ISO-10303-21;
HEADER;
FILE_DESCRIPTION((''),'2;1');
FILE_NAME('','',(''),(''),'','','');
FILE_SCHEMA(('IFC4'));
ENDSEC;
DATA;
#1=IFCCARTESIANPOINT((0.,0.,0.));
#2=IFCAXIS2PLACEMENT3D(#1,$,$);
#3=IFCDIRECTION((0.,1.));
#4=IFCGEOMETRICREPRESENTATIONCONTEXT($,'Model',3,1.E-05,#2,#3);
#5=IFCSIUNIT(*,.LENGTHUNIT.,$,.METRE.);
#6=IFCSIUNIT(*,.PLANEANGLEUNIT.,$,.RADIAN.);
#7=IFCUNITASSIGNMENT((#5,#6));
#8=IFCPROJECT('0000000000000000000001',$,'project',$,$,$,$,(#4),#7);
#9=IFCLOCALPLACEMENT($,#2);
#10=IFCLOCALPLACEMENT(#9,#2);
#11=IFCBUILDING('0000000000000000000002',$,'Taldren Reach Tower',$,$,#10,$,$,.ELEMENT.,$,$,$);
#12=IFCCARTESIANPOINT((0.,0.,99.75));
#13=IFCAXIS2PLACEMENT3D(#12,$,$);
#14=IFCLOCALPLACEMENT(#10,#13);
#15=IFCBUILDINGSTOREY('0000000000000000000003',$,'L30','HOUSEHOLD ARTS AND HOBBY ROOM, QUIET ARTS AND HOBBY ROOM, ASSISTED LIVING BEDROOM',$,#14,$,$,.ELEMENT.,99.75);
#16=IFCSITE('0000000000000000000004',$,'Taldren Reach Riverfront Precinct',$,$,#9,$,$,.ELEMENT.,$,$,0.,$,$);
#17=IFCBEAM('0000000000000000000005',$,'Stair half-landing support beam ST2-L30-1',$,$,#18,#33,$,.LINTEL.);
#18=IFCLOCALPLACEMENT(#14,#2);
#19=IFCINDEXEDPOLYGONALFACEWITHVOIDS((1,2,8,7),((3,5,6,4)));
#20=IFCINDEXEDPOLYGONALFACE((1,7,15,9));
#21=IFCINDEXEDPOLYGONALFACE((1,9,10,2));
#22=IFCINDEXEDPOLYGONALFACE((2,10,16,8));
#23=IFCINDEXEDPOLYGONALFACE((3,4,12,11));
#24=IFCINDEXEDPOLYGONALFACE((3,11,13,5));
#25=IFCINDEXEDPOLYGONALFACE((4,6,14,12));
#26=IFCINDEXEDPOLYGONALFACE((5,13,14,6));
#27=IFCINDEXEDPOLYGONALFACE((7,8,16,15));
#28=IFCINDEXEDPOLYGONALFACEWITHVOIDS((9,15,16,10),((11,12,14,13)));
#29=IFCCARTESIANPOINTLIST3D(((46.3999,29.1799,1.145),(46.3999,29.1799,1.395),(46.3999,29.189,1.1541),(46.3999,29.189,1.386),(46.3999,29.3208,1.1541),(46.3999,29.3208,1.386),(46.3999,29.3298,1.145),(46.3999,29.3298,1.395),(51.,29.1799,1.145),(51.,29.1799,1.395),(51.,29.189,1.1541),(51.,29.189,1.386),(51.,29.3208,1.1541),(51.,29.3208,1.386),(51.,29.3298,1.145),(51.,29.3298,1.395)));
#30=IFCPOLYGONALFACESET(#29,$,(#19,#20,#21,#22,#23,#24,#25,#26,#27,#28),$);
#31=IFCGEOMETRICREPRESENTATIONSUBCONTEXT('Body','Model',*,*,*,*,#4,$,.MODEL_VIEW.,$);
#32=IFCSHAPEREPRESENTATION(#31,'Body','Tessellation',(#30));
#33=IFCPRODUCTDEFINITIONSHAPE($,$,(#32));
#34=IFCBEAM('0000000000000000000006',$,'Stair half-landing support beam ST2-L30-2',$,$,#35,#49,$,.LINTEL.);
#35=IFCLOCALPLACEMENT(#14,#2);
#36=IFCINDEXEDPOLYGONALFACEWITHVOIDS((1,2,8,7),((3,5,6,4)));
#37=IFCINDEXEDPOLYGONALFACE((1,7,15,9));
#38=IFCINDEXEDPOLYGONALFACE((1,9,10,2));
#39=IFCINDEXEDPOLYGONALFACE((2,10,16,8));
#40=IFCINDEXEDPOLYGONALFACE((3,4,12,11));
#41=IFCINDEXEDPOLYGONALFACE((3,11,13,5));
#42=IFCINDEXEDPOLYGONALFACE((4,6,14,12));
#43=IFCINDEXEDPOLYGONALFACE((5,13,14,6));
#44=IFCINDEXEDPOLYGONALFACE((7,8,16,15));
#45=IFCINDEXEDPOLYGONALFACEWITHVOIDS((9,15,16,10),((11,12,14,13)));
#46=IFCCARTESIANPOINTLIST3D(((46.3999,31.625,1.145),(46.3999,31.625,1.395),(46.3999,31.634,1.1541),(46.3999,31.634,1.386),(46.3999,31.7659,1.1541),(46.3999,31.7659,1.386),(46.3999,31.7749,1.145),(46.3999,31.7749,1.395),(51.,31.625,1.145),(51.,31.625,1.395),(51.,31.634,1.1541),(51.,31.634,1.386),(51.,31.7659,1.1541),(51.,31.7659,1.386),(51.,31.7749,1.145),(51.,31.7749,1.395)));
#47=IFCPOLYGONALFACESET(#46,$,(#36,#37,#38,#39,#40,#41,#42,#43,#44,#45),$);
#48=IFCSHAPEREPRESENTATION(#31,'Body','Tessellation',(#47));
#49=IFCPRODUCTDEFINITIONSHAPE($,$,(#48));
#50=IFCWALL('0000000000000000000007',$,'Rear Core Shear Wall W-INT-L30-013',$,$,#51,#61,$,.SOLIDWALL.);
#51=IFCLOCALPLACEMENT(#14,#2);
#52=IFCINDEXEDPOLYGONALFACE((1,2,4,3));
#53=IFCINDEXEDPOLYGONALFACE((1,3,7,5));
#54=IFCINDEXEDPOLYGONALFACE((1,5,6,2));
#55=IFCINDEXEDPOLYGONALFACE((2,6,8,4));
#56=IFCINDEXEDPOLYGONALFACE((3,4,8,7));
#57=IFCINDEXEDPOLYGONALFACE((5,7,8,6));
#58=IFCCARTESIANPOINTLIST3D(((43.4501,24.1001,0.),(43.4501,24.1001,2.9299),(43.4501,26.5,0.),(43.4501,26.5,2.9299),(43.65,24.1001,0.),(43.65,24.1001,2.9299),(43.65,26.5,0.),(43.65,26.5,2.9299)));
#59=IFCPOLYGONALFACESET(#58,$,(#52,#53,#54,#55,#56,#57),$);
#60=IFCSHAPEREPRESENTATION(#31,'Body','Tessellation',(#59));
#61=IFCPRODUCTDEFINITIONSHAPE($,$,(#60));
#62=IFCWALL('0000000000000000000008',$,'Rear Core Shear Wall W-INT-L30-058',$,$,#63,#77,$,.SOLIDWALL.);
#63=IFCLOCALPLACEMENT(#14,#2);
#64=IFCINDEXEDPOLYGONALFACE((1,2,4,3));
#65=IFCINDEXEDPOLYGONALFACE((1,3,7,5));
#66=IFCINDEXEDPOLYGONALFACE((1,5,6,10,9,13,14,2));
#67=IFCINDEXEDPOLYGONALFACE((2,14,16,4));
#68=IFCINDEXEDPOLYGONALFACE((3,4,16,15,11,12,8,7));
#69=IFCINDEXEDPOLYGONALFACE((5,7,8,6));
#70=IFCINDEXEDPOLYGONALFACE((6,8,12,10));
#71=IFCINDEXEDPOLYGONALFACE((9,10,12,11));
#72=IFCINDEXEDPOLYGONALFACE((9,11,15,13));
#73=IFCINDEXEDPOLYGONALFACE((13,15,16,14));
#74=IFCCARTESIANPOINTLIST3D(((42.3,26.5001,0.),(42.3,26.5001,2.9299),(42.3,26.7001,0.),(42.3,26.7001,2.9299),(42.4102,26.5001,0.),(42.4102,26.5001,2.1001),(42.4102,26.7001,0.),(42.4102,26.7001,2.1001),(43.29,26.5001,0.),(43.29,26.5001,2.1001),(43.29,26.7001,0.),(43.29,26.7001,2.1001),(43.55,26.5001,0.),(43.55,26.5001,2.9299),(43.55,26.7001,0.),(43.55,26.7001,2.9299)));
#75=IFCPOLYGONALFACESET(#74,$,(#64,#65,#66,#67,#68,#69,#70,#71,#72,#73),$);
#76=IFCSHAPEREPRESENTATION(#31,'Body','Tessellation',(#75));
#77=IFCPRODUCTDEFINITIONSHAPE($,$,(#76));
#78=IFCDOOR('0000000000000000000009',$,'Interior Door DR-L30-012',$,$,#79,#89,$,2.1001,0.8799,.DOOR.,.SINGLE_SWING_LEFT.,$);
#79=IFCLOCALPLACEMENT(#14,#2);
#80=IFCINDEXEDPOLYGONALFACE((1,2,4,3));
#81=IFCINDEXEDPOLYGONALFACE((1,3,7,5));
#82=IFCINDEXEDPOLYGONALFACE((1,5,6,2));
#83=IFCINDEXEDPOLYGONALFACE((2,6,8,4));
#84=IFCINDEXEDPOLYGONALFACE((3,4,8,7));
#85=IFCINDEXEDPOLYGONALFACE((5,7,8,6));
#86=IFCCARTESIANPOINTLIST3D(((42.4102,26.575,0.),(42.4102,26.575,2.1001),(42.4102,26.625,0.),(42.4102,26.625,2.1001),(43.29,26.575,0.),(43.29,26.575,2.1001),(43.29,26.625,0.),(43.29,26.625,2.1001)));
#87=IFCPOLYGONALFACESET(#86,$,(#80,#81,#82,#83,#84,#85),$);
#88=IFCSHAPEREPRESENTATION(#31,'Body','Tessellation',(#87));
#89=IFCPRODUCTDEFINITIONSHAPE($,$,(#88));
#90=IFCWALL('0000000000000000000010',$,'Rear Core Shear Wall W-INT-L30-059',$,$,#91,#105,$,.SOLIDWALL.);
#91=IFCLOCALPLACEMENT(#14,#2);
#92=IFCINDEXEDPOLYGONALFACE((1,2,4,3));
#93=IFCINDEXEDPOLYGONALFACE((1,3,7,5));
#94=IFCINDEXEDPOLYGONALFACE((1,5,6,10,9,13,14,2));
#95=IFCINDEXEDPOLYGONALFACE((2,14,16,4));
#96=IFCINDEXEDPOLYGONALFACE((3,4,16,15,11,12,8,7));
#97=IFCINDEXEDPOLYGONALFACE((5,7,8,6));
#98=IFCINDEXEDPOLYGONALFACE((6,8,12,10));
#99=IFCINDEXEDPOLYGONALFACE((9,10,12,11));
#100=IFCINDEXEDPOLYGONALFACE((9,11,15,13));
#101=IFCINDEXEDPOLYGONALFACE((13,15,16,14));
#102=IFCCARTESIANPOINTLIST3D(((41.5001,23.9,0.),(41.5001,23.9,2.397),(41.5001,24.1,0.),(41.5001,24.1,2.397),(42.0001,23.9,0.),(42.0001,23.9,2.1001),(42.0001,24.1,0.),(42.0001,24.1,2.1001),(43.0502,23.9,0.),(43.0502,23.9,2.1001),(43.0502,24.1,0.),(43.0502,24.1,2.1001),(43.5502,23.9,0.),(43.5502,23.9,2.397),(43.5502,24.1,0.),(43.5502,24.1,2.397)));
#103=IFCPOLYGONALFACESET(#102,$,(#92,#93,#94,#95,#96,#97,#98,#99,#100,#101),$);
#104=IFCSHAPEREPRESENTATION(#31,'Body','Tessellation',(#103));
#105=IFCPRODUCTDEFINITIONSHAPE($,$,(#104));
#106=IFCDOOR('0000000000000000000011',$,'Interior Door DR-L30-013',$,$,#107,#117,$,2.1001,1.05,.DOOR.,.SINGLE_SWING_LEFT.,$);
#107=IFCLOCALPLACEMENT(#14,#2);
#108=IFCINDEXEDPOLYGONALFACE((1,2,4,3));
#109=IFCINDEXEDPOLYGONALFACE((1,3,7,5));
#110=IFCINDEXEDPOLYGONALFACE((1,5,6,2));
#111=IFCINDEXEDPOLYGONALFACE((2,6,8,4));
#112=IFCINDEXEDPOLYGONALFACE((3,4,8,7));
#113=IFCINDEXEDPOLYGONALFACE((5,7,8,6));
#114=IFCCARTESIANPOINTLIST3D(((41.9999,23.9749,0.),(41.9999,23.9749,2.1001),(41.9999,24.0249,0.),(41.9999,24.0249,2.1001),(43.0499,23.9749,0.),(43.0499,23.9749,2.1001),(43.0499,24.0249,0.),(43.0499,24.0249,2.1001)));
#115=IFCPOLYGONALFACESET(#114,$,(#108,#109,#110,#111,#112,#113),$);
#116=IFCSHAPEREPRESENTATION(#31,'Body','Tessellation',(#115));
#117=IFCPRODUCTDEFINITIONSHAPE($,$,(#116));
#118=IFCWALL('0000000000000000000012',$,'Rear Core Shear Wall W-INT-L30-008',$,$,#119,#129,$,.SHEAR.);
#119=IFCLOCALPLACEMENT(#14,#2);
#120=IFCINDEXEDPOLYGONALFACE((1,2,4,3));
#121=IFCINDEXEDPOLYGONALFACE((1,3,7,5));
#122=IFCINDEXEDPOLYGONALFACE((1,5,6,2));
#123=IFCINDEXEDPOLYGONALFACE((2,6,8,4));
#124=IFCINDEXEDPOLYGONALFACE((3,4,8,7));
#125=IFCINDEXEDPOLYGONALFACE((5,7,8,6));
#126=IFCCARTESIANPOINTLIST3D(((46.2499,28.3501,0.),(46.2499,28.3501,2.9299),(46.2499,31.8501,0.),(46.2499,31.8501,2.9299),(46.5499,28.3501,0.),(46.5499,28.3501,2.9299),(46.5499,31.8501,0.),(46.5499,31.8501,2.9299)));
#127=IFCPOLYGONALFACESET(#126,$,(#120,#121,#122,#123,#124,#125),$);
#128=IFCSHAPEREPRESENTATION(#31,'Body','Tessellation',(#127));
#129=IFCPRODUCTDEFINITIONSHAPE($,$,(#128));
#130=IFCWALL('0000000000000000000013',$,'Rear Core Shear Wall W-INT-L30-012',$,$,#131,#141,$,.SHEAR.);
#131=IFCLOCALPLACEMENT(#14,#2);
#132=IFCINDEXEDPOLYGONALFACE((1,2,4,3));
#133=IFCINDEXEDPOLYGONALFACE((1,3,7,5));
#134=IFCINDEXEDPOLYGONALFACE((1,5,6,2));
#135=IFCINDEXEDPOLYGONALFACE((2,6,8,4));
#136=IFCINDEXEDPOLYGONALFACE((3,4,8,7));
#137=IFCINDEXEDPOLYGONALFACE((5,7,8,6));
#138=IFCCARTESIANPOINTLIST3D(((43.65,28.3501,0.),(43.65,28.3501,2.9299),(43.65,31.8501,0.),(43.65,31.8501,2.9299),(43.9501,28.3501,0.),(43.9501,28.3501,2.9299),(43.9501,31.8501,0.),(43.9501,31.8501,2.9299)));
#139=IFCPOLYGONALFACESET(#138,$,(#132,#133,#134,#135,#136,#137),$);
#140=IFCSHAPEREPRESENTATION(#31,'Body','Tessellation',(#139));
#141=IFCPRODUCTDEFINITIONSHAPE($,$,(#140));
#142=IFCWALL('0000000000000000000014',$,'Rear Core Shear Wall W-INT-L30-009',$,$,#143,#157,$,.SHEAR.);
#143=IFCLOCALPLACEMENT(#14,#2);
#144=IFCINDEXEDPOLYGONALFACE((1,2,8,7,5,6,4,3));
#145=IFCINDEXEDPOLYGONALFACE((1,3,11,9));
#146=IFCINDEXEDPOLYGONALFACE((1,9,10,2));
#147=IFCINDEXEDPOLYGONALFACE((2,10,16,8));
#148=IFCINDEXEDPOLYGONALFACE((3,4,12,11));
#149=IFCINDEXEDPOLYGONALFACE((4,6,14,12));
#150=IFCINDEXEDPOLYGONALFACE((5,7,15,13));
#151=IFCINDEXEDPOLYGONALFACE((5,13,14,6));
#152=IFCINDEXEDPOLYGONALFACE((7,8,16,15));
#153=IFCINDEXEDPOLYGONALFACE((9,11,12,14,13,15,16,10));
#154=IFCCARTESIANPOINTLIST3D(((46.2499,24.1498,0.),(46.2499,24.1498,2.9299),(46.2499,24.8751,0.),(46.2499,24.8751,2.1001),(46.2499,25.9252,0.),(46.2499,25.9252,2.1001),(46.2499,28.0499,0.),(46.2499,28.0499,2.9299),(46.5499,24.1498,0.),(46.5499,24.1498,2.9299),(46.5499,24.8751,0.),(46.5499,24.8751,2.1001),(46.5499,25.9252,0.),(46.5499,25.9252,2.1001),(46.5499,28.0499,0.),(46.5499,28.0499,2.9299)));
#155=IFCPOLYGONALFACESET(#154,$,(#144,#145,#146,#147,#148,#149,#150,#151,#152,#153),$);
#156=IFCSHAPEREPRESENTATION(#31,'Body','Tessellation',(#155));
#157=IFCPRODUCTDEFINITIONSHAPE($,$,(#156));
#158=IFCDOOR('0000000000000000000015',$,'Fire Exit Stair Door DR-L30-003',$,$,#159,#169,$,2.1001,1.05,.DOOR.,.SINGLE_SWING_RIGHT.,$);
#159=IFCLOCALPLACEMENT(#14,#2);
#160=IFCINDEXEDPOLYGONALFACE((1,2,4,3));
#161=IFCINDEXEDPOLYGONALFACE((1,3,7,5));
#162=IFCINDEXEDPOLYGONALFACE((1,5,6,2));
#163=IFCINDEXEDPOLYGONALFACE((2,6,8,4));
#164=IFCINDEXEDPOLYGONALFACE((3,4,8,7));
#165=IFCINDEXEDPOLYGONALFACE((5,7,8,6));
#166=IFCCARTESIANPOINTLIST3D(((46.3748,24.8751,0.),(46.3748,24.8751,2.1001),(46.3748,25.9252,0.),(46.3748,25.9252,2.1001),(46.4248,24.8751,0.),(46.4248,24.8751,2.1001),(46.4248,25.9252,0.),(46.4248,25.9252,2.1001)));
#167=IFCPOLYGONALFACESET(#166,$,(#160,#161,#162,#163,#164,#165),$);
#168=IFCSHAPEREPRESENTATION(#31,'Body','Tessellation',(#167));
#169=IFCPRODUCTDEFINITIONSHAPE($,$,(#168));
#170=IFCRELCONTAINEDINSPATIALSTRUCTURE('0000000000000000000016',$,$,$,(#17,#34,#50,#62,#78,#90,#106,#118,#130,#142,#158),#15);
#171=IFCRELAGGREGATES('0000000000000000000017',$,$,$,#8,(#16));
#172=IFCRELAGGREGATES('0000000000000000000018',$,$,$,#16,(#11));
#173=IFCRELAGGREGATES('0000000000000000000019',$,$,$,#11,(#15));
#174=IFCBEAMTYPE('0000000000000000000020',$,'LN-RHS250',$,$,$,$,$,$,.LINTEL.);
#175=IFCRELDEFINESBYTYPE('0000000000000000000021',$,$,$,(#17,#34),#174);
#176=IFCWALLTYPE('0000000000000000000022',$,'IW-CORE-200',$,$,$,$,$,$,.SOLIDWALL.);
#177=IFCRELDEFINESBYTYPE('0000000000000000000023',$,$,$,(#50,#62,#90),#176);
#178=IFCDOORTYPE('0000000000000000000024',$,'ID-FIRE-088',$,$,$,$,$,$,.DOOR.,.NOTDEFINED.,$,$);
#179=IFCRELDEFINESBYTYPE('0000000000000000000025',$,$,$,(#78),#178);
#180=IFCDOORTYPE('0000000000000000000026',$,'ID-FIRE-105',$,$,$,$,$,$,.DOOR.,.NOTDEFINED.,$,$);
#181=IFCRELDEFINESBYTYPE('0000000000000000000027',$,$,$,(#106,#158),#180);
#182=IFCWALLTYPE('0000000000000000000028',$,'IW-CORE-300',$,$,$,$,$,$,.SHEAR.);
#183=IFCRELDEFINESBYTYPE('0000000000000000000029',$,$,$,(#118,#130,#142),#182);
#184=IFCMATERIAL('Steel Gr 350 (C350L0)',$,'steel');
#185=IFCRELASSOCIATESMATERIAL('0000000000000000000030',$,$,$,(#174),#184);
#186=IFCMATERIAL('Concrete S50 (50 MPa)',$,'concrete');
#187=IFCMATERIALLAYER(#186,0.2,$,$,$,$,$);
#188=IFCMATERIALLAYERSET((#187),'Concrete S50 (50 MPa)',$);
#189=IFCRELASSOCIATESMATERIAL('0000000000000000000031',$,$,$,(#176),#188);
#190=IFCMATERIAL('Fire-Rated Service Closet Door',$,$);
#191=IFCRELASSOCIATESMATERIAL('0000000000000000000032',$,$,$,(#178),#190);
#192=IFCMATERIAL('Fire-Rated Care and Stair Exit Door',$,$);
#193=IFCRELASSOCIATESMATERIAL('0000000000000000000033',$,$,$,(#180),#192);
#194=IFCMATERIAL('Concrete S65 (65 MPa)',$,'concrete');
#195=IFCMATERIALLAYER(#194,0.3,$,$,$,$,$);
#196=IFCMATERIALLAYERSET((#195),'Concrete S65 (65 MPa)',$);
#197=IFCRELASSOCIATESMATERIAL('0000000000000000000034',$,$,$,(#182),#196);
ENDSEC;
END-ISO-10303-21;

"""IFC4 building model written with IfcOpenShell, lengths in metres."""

from ifc_helpers import new_model, si_unit, direction, frame, frame_2d, origin, origin_2d, place, context, subcontext, project, spatial, rectangle, hollow_rectangle, extrude, source, transform, mapped, material, layer, layer_set, material_profile, profile_set, type_object, element, fill, save


model = new_model("IFC4")

# Units and contexts
model_context = context("Model", 3, precision=1e-05, world=origin(), true_north=direction((0.0, 1.0)))
body_context = subcontext(model_context, "Body", "Model", "MODEL_VIEW")
ifc_project = project(units=[si_unit("LENGTHUNIT", "METRE"), si_unit("PLANEANGLEUNIT", "RADIAN")], contexts=[model_context])

# Site, building, storey
site_placement = place(None, origin())
site = spatial("IfcSite", under=ifc_project, at=site_placement, Name="Taldren Reach Riverfront Precinct", CompositionType="ELEMENT", RefElevation=0.0)
building_placement = place(site_placement, origin())
building = spatial("IfcBuilding", under=site, at=building_placement, Name="Taldren Reach Tower", CompositionType="ELEMENT")
storey_placement = place(building_placement, frame((0.0, 0.0, 99.75)))
storey = spatial("IfcBuildingStorey", under=building, at=storey_placement, Name="L30", Description="HOUSEHOLD ARTS AND HOBBY ROOM, QUIET ARTS AND HOBBY ROOM, ASSISTED LIVING BEDROOM", CompositionType="ELEMENT", Elevation=99.75)

# Beams
ifc_material_1 = material(Name="Steel Gr 350 (C350L0)", Category="steel")
ifc_material_profile = material_profile(ifc_material_1, hollow_rectangle(XDim=0.1499, YDim=0.25, WallThickness=0.009, at=origin_2d()), Name="250x150x9.0RHS")
ifc_profile_set = profile_set([ifc_material_profile], Name="Steel Gr 350 (C350L0)")
beam_type = type_object("IfcBeamType", Name="LN-RHS250", PredefinedType="LINTEL", material=ifc_profile_set)
shared_shape_1 = source(origin(), body_context, "Body", "SweptSolid", [
    extrude(hollow_rectangle(XDim=0.1499, YDim=0.25, WallThickness=0.009, at=origin_2d()), origin(), (0.0, 0.0, 1.0), 4.6001),
])
for number, where, z_axis, x_axis, name in (
    (1, (46.3999, 29.2549, 1.27), (1.0, 0.0, 0.0), (0.0, 1.0, 0.0), "Stair half-landing support beam ST2-L30-1"),
    (2, (46.3999, 31.7, 1.27), (1.0, 0.0, 0.0), (0.0, 1.0, 0.0), "Stair half-landing support beam ST2-L30-2"),
):
    element("IfcBeam", number, at=place(storey_placement, frame(where, z_axis=z_axis, x_axis=x_axis)), inside=storey, type_object=beam_type, Name=name, PredefinedType="LINTEL", context=body_context, shape_type="MappedRepresentation", body=[
        mapped(shared_shape_1, transform((0.0, 0.0, 0.0), scale=1.0)),
    ])

# Wall
ifc_material_2 = material(Name="Concrete S50 (50 MPa)", Category="concrete")
ifc_layer_1 = layer(ifc_material_2, 0.2)
ifc_layer_set_1 = layer_set([ifc_layer_1], Name="Concrete S50 (50 MPa)")
wall_type_1 = type_object("IfcWallType", Name="IW-CORE-200", PredefinedType="SOLIDWALL", material=ifc_layer_set_1)
shared_shape_2 = source(origin(), body_context, "Body", "SweptSolid", [
    extrude(rectangle(XDim=2.3999, YDim=0.2, at=frame_2d((1.2, 0.0))), origin(), (0.0, 0.0, 1.0), 2.9299),
])
wall_1_placement = place(storey_placement, frame((43.55, 26.5, 0.0), z_axis=(0.0, 0.0, 1.0), x_axis=(0.0, -1.0, 0.0)))
element("IfcWall", 3, at=wall_1_placement, inside=storey, type_object=wall_type_1, Name="Rear Core Shear Wall W-INT-L30-013", PredefinedType="SOLIDWALL", context=body_context, shape_type="MappedRepresentation", body=[
    mapped(shared_shape_2, transform((0.0, 0.0, 0.0), scale=1.0)),
])

# Walls, openings, doors
shared_shape_3 = source(origin(), body_context, "Body", "SweptSolid", [
    extrude(rectangle(XDim=1.25, YDim=0.2, at=frame_2d((0.625, 0.0))), origin(), (0.0, 0.0, 1.0), 2.9299),
])
wall_2_placement = place(storey_placement, frame((42.3, 26.6001, 0.0), z_axis=(0.0, 0.0, 1.0), x_axis=(1.0, 0.0, 0.0)))
wall_2 = element("IfcWall", 4, at=wall_2_placement, inside=storey, type_object=wall_type_1, Name="Rear Core Shear Wall W-INT-L30-058", PredefinedType="SOLIDWALL", context=body_context, shape_type="MappedRepresentation", body=[
    mapped(shared_shape_3, transform((0.0, 0.0, 0.0), scale=1.0)),
])
shared_shape_4 = source(origin(), body_context, "Body", "SweptSolid", [
    extrude(rectangle(XDim=0.8799, YDim=2.1001, at=frame_2d((0.4399, 1.05))), frame((0.0, 0.1099, 0.0), z_axis=(0.0, -1.0, 0.0), x_axis=(1.0, 0.0, 0.0)), (0.0, 0.0, 1.0), 0.22),
])
opening_1_placement = place(wall_2_placement, frame((0.1101, 0.0, 0.0)))
opening_1 = element("IfcOpeningElement", 5, at=opening_1_placement, cuts=wall_2, PredefinedType="OPENING", context=body_context, shape_type="MappedRepresentation", body=[
    mapped(shared_shape_4, transform((0.0, 0.0, 0.0), scale=1.0)),
])
ifc_material_3 = material(Name="Fire-Rated Service Closet Door")
door_type_1 = type_object("IfcDoorType", Name="ID-FIRE-088", OperationType="NOTDEFINED", PredefinedType="DOOR", material=ifc_material_3)
shared_shape_5 = source(origin(), body_context, "Body", "SweptSolid", [
    extrude(rectangle(XDim=0.8799, YDim=2.1001, at=frame_2d((0.4399, 1.05))), frame((0.0, 0.0249, 0.0), z_axis=(0.0, -1.0, 0.0), x_axis=(1.0, 0.0, 0.0)), (0.0, 0.0, 1.0), 0.05),
])
door_1_placement = place(opening_1_placement, origin())
door_1 = element("IfcDoor", 6, at=door_1_placement, inside=storey, type_object=door_type_1, Name="Interior Door DR-L30-012", OperationType="SINGLE_SWING_LEFT", OverallHeight=2.1001, OverallWidth=0.8799, PredefinedType="DOOR", context=body_context, shape_type="MappedRepresentation", body=[
    mapped(shared_shape_5, transform((0.0, 0.0, 0.0), scale=1.0)),
])
fill(opening_1, door_1)
shared_shape_6 = source(origin(), body_context, "Body", "SweptSolid", [
    extrude(rectangle(XDim=2.05, YDim=0.2, at=frame_2d((1.0249, 0.0))), origin(), (0.0, 0.0, 1.0), 2.397),
])
wall_3_placement = place(storey_placement, frame((43.55, 24.0, 0.0), z_axis=(0.0, 0.0, 1.0), x_axis=(-1.0, 0.0, 0.0)))
wall_3 = element("IfcWall", 7, at=wall_3_placement, inside=storey, type_object=wall_type_1, Name="Rear Core Shear Wall W-INT-L30-059", PredefinedType="SOLIDWALL", context=body_context, shape_type="MappedRepresentation", body=[
    mapped(shared_shape_6, transform((0.0, 0.0, 0.0), scale=1.0)),
])
shared_shape_7 = source(origin(), body_context, "Body", "SweptSolid", [
    extrude(rectangle(XDim=1.05, YDim=2.1001, at=frame_2d((0.5249, 1.05))), frame((0.0, 0.1099, 0.0), z_axis=(0.0, -1.0, 0.0), x_axis=(1.0, 0.0, 0.0)), (0.0, 0.0, 1.0), 0.22),
])
opening_2_placement = place(wall_3_placement, frame((0.5, 0.0, 0.0)))
opening_2 = element("IfcOpeningElement", 8, at=opening_2_placement, cuts=wall_3, PredefinedType="OPENING", context=body_context, shape_type="MappedRepresentation", body=[
    mapped(shared_shape_7, transform((0.0, 0.0, 0.0), scale=1.0)),
])
ifc_material_4 = material(Name="Fire-Rated Care and Stair Exit Door")
door_type_2 = type_object("IfcDoorType", Name="ID-FIRE-105", OperationType="NOTDEFINED", PredefinedType="DOOR", material=ifc_material_4)
shared_shape_8 = source(origin(), body_context, "Body", "SweptSolid", [
    extrude(rectangle(XDim=1.05, YDim=2.1001, at=frame_2d((0.5249, 1.05))), frame((0.0, 0.0249, 0.0), z_axis=(0.0, -1.0, 0.0), x_axis=(1.0, 0.0, 0.0)), (0.0, 0.0, 1.0), 0.05),
])
door_2_placement = place(opening_2_placement, frame((1.05, 0.0, 0.0), z_axis=(0.0, 0.0, 1.0), x_axis=(-1.0, 0.0, 0.0)))
door_2 = element("IfcDoor", 9, at=door_2_placement, inside=storey, type_object=door_type_2, Name="Interior Door DR-L30-013", OperationType="SINGLE_SWING_LEFT", OverallHeight=2.1001, OverallWidth=1.05, PredefinedType="DOOR", context=body_context, shape_type="MappedRepresentation", body=[
    mapped(shared_shape_8, transform((0.0, 0.0, 0.0), scale=1.0)),
])
fill(opening_2, door_2)

# Walls
ifc_material_5 = material(Name="Concrete S65 (65 MPa)", Category="concrete")
ifc_layer_2 = layer(ifc_material_5, 0.3)
ifc_layer_set_2 = layer_set([ifc_layer_2], Name="Concrete S65 (65 MPa)")
wall_type_2 = type_object("IfcWallType", Name="IW-CORE-300", PredefinedType="SHEAR", material=ifc_layer_set_2)
shared_shape_9 = source(origin(), body_context, "Body", "SweptSolid", [
    extrude(rectangle(XDim=3.5, YDim=0.3, at=frame_2d((1.75, 0.0))), origin(), (0.0, 0.0, 1.0), 2.9299),
])
for number, where, z_axis, x_axis, name in (
    (10, (46.3999, 31.8501, 0.0), (0.0, 0.0, 1.0), (0.0, -1.0, 0.0), "Rear Core Shear Wall W-INT-L30-008"),
    (11, (43.8, 31.8501, 0.0), (0.0, 0.0, 1.0), (0.0, -1.0, 0.0), "Rear Core Shear Wall W-INT-L30-012"),
):
    element("IfcWall", number, at=place(storey_placement, frame(where, z_axis=z_axis, x_axis=x_axis)), inside=storey, type_object=wall_type_2, Name=name, PredefinedType="SHEAR", context=body_context, shape_type="MappedRepresentation", body=[
        mapped(shared_shape_9, transform((0.0, 0.0, 0.0), scale=1.0)),
    ])

# Wall, opening, door
shared_shape_10 = source(origin(), body_context, "Body", "SweptSolid", [
    extrude(rectangle(XDim=3.9001, YDim=0.3, at=frame_2d((1.9502, 0.0))), origin(), (0.0, 0.0, 1.0), 2.9299),
])
wall_4_placement = place(storey_placement, frame((46.3999, 28.05, 0.0), z_axis=(0.0, 0.0, 1.0), x_axis=(0.0, -1.0, 0.0)))
wall_4 = element("IfcWall", 12, at=wall_4_placement, inside=storey, type_object=wall_type_2, Name="Rear Core Shear Wall W-INT-L30-009", PredefinedType="SHEAR", context=body_context, shape_type="MappedRepresentation", body=[
    mapped(shared_shape_10, transform((0.0, 0.0, 0.0), scale=1.0)),
])
shared_shape_11 = source(origin(), body_context, "Body", "SweptSolid", [
    extrude(rectangle(XDim=1.05, YDim=2.1001, at=frame_2d((0.5249, 1.05))), frame((0.0, 0.1602, 0.0), z_axis=(0.0, -1.0, 0.0), x_axis=(1.0, 0.0, 0.0)), (0.0, 0.0, 1.0), 0.3201),
])
opening_3_placement = place(wall_4_placement, frame((2.125, 0.0, 0.0)))
opening_3 = element("IfcOpeningElement", 13, at=opening_3_placement, cuts=wall_4, PredefinedType="OPENING", context=body_context, shape_type="MappedRepresentation", body=[
    mapped(shared_shape_11, transform((0.0, 0.0, 0.0), scale=1.0)),
])
door_3_placement = place(opening_3_placement, origin())
door_3 = element("IfcDoor", 14, at=door_3_placement, inside=storey, type_object=door_type_2, Name="Fire Exit Stair Door DR-L30-003", OperationType="SINGLE_SWING_RIGHT", OverallHeight=2.1001, OverallWidth=1.05, PredefinedType="DOOR", context=body_context, shape_type="MappedRepresentation", body=[
    mapped(shared_shape_8, transform((0.0, 0.0, 0.0), scale=1.0)),
])
fill(opening_3, door_3)

save(model, "model.ifc")
